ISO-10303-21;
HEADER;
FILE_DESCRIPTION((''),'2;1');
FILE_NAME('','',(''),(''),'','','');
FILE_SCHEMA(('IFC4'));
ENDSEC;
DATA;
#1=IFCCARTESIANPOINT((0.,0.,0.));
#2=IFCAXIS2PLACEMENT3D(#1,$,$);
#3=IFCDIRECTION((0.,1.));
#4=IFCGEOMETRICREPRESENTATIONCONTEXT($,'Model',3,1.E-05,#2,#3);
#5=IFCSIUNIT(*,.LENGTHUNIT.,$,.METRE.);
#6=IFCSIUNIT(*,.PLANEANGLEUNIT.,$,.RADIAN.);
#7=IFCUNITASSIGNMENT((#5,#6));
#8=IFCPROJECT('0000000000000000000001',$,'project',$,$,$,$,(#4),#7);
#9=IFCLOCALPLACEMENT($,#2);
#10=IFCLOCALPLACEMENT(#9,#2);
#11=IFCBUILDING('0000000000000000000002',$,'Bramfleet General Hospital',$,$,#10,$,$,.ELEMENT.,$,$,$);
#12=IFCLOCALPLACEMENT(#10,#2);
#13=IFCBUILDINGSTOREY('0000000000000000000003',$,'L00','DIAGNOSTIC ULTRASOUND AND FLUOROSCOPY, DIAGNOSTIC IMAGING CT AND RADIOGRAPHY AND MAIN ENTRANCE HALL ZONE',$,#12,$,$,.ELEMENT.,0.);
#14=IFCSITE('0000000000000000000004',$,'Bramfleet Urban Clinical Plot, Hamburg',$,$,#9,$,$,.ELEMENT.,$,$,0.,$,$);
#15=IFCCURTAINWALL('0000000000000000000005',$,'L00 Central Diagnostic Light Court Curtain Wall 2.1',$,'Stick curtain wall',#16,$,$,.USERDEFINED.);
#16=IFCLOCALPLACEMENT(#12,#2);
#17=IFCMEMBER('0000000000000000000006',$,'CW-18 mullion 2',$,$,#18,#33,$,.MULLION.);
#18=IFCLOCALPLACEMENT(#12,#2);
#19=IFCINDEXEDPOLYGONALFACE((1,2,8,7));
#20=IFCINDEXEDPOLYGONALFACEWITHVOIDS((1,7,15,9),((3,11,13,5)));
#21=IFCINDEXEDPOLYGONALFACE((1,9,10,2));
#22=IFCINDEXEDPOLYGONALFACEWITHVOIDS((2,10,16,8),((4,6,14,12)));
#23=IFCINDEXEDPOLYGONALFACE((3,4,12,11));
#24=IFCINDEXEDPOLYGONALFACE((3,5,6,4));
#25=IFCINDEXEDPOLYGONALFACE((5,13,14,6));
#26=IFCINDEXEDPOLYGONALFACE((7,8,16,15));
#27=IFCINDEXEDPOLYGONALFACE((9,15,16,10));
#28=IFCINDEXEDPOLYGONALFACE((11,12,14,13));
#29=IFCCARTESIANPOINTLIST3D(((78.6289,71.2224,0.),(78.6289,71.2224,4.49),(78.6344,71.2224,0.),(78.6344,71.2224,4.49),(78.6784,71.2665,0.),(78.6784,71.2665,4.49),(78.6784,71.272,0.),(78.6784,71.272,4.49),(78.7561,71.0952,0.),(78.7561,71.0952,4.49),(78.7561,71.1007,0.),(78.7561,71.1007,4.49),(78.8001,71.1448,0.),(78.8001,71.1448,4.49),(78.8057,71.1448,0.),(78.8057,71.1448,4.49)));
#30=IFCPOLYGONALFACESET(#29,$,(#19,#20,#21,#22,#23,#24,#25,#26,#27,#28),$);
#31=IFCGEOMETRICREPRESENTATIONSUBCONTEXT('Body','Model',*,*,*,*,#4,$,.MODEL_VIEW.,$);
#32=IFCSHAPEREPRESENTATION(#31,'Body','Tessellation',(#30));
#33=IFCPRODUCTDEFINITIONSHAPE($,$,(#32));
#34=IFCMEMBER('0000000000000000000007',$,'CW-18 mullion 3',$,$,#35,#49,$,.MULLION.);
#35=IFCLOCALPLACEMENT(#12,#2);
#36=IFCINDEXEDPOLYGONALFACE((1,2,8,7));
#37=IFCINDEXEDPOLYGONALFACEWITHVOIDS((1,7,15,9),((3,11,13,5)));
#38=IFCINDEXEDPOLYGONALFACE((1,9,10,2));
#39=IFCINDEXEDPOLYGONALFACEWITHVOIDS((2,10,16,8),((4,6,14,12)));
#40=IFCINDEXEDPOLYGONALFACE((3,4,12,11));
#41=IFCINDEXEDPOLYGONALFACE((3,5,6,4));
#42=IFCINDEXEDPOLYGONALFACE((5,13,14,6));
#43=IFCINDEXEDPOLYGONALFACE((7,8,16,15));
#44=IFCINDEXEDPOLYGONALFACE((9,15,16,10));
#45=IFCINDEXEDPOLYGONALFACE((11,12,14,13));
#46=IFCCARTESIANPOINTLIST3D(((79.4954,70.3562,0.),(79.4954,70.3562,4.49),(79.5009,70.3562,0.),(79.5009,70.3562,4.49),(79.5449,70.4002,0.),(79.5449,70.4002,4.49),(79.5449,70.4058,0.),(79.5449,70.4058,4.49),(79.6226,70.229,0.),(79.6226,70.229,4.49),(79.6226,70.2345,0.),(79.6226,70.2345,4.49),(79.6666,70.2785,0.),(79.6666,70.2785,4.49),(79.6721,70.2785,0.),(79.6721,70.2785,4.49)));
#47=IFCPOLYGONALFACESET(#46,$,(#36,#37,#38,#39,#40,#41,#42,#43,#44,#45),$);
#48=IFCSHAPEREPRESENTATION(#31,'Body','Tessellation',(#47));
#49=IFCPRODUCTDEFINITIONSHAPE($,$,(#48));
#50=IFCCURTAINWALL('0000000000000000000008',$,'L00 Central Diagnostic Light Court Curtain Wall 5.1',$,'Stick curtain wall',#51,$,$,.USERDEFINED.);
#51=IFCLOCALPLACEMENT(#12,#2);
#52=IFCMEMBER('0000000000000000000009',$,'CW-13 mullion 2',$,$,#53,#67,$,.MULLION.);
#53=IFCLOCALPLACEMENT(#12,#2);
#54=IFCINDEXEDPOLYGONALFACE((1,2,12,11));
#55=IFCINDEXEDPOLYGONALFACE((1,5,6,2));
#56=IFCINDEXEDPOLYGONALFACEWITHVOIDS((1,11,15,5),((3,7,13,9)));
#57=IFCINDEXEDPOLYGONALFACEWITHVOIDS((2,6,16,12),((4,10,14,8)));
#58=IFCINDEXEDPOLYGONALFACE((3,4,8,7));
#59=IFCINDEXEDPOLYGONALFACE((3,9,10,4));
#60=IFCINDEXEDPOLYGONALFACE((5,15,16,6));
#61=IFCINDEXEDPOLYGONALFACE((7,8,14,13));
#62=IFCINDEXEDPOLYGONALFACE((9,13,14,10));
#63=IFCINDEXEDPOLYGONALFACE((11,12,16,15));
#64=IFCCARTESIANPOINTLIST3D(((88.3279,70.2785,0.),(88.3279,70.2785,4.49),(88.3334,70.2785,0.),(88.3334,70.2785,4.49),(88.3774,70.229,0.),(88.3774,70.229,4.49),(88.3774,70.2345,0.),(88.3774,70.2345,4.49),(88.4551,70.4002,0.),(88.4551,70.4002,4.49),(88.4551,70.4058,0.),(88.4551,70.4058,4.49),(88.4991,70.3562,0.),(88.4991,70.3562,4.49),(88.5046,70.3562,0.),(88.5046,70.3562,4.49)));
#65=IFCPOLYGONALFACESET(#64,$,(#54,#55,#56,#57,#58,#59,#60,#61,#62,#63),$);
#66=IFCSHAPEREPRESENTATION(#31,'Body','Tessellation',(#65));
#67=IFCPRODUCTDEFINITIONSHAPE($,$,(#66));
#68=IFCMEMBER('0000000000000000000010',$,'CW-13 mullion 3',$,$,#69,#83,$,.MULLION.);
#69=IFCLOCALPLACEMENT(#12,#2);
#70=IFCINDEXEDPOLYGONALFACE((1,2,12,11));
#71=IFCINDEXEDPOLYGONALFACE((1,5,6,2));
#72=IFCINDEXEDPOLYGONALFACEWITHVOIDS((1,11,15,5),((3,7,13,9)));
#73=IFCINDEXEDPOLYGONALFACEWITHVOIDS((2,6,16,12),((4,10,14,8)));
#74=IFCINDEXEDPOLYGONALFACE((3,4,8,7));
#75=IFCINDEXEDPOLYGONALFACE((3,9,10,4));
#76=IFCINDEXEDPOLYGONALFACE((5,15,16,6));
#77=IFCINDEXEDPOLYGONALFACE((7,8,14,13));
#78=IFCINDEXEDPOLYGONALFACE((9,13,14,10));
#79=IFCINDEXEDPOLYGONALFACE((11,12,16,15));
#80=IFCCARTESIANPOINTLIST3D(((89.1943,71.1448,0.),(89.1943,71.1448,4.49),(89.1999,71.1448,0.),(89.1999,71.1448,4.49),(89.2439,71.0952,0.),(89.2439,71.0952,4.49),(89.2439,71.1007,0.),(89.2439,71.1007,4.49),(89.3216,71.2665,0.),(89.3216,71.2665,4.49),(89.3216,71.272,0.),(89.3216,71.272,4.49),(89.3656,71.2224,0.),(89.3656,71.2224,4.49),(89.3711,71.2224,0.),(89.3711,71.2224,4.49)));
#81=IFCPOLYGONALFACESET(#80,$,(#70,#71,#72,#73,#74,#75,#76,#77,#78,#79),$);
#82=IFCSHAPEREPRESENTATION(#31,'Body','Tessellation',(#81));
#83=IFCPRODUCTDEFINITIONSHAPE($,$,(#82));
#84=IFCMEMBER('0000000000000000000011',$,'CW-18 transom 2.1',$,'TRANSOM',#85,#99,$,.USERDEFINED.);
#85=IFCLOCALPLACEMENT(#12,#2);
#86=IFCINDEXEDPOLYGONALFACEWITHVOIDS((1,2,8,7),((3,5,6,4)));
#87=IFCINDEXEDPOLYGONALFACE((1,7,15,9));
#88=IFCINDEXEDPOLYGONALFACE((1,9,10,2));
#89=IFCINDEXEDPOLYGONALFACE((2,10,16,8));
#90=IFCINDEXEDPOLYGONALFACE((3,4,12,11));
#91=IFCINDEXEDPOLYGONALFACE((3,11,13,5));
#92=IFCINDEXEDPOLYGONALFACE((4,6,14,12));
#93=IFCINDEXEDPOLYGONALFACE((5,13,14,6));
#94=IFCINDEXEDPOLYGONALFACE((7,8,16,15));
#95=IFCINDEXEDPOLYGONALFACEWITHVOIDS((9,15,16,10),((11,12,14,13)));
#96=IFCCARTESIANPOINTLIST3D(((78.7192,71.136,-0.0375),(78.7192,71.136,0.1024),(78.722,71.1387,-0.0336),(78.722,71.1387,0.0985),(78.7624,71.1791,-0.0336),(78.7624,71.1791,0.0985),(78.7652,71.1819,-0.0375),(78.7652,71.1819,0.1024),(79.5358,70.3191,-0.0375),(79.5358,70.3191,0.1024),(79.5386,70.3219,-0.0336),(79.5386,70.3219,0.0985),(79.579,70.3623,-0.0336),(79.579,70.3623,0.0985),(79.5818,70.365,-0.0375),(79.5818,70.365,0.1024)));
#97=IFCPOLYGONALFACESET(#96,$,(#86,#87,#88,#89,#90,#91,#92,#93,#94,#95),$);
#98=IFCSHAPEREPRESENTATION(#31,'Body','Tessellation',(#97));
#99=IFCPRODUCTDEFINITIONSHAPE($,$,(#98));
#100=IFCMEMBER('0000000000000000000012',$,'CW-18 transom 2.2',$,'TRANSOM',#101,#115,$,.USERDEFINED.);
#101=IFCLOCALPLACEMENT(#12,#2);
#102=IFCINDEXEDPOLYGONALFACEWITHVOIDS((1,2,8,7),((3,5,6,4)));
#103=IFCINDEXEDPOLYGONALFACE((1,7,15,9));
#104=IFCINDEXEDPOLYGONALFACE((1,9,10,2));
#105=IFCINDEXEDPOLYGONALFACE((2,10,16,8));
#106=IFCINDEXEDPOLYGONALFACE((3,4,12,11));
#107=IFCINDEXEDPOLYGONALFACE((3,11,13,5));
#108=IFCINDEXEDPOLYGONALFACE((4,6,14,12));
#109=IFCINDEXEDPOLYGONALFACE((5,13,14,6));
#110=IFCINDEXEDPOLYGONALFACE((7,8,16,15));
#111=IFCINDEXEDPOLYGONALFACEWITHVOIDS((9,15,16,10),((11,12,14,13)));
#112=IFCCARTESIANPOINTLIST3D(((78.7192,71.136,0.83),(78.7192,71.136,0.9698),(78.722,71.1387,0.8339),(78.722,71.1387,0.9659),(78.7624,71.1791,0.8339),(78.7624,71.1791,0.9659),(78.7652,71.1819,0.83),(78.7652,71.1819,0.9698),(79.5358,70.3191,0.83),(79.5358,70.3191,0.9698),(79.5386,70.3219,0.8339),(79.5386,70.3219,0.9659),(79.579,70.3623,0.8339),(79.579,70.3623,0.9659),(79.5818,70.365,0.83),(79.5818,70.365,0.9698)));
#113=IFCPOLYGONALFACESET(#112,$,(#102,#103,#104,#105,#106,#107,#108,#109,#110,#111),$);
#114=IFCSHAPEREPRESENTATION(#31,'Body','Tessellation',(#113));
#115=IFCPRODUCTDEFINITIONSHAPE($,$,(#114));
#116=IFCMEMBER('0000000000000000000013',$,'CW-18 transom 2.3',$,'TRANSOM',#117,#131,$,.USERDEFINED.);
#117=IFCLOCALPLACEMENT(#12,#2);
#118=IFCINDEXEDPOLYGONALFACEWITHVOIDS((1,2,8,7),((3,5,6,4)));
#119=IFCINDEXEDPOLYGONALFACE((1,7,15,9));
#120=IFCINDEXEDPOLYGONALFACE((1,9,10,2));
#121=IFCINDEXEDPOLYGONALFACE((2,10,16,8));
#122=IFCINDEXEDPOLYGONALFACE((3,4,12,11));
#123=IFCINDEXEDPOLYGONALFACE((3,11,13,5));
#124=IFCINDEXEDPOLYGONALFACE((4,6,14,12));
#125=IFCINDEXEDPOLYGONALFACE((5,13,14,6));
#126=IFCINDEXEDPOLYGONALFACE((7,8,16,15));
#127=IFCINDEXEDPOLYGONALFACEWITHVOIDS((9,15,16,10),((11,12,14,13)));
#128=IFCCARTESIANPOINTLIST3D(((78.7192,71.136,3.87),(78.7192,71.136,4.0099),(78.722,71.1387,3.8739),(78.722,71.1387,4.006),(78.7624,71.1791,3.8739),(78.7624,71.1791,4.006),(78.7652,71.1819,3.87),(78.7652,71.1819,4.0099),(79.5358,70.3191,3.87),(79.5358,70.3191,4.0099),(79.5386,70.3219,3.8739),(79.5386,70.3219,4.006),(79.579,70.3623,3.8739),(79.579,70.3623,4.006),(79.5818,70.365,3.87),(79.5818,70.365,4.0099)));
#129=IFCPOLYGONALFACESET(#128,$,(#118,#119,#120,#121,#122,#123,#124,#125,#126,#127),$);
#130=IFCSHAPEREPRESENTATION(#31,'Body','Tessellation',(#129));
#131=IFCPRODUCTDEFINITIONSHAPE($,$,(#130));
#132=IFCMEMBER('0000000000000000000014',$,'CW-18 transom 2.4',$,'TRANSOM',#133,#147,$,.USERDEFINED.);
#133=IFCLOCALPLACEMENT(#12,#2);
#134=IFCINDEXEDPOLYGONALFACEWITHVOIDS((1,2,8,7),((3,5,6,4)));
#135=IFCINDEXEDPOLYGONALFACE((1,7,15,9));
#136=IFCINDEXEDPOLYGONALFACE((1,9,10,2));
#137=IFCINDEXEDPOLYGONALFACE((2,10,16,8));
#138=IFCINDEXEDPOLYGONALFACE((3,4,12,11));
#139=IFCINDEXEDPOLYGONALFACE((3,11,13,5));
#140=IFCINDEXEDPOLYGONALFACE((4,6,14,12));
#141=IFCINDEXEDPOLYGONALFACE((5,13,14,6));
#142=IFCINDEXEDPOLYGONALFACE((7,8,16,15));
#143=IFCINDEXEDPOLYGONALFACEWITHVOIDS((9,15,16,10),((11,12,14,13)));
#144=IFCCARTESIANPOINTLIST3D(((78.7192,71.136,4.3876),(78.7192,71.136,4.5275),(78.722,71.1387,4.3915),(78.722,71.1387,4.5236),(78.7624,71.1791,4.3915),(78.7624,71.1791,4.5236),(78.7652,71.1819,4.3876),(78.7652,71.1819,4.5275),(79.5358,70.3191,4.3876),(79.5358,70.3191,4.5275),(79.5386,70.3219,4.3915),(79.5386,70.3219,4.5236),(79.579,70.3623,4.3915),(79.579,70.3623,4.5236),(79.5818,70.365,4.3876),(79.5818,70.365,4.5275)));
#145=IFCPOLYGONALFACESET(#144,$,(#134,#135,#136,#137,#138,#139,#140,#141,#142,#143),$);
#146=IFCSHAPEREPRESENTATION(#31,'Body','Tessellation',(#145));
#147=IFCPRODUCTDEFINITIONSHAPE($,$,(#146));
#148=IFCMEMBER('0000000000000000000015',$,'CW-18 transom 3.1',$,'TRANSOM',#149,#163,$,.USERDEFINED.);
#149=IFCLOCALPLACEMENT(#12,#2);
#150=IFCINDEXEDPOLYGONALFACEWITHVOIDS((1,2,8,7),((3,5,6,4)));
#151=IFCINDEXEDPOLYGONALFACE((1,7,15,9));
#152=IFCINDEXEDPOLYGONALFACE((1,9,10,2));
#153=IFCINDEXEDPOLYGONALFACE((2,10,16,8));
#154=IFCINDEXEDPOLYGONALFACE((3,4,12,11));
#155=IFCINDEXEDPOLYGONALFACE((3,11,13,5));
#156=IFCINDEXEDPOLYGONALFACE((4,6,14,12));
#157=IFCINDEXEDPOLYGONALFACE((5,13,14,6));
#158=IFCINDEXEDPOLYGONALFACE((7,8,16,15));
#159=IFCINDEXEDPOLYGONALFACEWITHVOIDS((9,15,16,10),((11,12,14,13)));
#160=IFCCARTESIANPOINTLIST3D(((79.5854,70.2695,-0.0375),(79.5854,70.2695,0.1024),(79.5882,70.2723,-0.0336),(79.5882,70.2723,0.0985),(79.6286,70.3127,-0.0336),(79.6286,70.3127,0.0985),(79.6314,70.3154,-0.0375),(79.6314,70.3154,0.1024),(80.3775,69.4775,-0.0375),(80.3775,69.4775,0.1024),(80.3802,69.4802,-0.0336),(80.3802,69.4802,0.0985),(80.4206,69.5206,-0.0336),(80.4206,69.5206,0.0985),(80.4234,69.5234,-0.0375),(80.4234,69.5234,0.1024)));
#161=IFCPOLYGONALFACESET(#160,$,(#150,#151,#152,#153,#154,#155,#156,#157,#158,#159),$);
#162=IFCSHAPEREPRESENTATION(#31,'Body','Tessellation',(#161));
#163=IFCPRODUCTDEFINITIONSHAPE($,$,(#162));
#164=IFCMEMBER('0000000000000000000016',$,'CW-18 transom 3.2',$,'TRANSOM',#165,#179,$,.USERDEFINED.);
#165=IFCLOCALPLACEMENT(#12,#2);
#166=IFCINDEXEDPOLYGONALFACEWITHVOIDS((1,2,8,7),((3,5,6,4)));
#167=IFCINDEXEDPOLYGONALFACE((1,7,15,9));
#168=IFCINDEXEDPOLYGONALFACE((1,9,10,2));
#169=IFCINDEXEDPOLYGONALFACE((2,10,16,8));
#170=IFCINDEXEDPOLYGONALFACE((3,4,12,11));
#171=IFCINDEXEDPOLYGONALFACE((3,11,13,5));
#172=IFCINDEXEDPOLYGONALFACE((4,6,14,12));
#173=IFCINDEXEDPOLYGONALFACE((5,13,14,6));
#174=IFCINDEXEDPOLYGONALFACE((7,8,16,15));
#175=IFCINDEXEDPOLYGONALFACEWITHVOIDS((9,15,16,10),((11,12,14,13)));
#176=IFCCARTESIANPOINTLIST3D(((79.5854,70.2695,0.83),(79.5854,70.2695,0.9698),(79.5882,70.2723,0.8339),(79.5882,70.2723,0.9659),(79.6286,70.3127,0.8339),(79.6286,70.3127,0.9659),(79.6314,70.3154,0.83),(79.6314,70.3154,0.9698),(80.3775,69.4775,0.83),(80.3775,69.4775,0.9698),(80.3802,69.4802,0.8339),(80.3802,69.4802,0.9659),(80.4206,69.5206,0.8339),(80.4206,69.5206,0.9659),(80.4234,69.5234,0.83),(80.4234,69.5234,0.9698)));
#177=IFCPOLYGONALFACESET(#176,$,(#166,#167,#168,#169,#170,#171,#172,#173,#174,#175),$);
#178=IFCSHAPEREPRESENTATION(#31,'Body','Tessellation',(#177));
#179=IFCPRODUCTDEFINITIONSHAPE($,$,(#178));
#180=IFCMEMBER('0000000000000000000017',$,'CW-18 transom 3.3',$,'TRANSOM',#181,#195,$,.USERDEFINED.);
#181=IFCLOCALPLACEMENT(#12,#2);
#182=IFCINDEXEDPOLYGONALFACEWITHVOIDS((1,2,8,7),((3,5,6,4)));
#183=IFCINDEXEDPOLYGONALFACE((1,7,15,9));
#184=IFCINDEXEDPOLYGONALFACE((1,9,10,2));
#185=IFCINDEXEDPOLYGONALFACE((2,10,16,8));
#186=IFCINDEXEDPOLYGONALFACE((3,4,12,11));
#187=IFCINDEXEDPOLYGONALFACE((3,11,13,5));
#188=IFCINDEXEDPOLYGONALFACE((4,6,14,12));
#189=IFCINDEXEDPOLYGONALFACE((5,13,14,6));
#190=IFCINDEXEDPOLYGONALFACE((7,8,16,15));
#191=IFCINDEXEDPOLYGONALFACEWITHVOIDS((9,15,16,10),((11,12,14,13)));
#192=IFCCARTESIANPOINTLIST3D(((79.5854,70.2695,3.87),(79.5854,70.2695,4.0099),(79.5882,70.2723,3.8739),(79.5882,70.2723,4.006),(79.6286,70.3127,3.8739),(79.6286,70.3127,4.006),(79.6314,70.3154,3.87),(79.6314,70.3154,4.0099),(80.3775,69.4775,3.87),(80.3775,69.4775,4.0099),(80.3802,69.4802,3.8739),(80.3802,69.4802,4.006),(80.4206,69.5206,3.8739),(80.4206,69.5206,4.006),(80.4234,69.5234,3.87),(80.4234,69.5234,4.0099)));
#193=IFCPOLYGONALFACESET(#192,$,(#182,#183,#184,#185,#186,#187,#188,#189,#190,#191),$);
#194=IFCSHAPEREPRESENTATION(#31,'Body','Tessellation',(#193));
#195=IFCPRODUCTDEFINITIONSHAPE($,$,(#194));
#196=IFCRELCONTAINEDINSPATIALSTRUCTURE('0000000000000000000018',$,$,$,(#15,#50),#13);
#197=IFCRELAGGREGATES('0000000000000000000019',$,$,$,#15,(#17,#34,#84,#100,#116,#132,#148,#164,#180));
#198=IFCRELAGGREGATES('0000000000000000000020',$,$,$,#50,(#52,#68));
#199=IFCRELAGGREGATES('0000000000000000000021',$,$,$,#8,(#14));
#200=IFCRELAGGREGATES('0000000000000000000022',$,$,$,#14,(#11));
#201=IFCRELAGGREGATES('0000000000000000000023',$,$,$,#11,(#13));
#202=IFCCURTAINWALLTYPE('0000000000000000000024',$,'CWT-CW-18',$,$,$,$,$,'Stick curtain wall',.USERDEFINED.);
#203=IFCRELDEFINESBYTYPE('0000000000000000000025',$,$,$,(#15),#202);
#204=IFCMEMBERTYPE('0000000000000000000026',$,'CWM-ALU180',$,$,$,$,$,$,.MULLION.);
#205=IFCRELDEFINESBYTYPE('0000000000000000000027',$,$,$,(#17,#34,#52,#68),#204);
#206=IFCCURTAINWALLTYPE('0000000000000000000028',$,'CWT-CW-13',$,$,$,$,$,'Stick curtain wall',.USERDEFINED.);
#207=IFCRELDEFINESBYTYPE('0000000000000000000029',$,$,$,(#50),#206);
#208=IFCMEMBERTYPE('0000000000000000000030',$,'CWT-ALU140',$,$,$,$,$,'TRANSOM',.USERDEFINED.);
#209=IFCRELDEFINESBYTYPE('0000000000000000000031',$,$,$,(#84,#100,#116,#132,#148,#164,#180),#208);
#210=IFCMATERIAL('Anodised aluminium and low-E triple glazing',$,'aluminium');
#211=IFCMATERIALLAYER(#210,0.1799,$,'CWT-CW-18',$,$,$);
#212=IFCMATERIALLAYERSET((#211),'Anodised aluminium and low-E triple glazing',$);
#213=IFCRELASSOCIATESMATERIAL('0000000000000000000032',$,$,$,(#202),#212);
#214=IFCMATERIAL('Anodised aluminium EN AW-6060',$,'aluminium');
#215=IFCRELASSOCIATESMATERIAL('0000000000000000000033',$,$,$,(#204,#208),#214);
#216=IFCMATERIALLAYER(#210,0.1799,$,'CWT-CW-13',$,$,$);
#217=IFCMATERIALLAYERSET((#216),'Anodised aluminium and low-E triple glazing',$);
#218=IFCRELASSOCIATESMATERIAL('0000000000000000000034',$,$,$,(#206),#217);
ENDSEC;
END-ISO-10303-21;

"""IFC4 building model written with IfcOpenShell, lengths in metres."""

from ifc_helpers import new_model, si_unit, direction, frame, origin, origin_2d, place, context, subcontext, project, spatial, hollow_rectangle, extrude, material, layer, layer_set, material_profile, profile_set, type_object, element, aggregate, save


model = new_model("IFC4")

# Units and contexts
model_context = context("Model", 3, precision=1e-05, world=origin(), true_north=direction((0.0, 1.0)))
body_context = subcontext(model_context, "Body", "Model", "MODEL_VIEW")
ifc_project = project(units=[si_unit("LENGTHUNIT", "METRE"), si_unit("PLANEANGLEUNIT", "RADIAN")], contexts=[model_context])

# Site, building, storey
site_placement = place(None, origin())
site = spatial("IfcSite", under=ifc_project, at=site_placement, Name="Bramfleet Urban Clinical Plot, Hamburg", CompositionType="ELEMENT", RefElevation=0.0)
building_placement = place(site_placement, origin())
building = spatial("IfcBuilding", under=site, at=building_placement, Name="Bramfleet General Hospital", CompositionType="ELEMENT")
storey_placement = place(building_placement, origin())
storey = spatial("IfcBuildingStorey", under=building, at=storey_placement, Name="L00", Description="DIAGNOSTIC ULTRASOUND AND FLUOROSCOPY, DIAGNOSTIC IMAGING CT AND RADIOGRAPHY AND MAIN ENTRANCE HALL ZONE", CompositionType="ELEMENT", Elevation=0.0)

# Curtain walls, members
ifc_material_1 = material(Name="Anodised aluminium and low-E triple glazing", Category="aluminium")
ifc_layer_1 = layer(ifc_material_1, 0.1799, Name="CWT-CW-18")
ifc_layer_set_1 = layer_set([ifc_layer_1], Name="Anodised aluminium and low-E triple glazing")
curtain_wall_type_1 = type_object("IfcCurtainWallType", Name="CWT-CW-18", ElementType="Stick curtain wall", PredefinedType="USERDEFINED", material=ifc_layer_set_1)
curtain_wall_1_placement = place(storey_placement, origin())
curtain_wall_1 = element("IfcCurtainWall", 1, at=curtain_wall_1_placement, inside=storey, type_object=curtain_wall_type_1, Name="L00 Central Diagnostic Light Court Curtain Wall 2.1", ObjectType="Stick curtain wall", PredefinedType="USERDEFINED")
ifc_material_2 = material(Name="Anodised aluminium EN AW-6060", Category="aluminium")
ifc_material_profile_1 = material_profile(ifc_material_2, hollow_rectangle(XDim=0.0701, YDim=0.1799, WallThickness=0.0039, at=origin_2d()), Name="ALU 180x70x4.0")
ifc_profile_set_1 = profile_set([ifc_material_profile_1], Name="Anodised aluminium EN AW-6060")
member_type_1 = type_object("IfcMemberType", Name="CWM-ALU180", PredefinedType="MULLION", material=ifc_profile_set_1)
member_1_placement = place(storey_placement, frame((78.7173, 71.1836, 0.0), z_axis=(0.0, 0.0, 1.0), x_axis=(0.707107, 0.707107, 0.0)))
member_1 = element("IfcMember", 2, at=member_1_placement, type_object=member_type_1, Name="CW-18 mullion 2", PredefinedType="MULLION", context=body_context, shape_type="SweptSolid", body=[
    extrude(hollow_rectangle(XDim=0.0701, YDim=0.1799, WallThickness=0.0039, at=origin_2d()), origin(), (0.0, 0.0, 1.0), 4.49),
])
member_2_placement = place(storey_placement, frame((79.5837, 70.3174, 0.0), z_axis=(0.0, 0.0, 1.0), x_axis=(0.707107, 0.707107, 0.0)))
member_2 = element("IfcMember", 3, at=member_2_placement, type_object=member_type_1, Name="CW-18 mullion 3", PredefinedType="MULLION", context=body_context, shape_type="SweptSolid", body=[
    extrude(hollow_rectangle(XDim=0.0701, YDim=0.1799, WallThickness=0.0039, at=origin_2d()), origin(), (0.0, 0.0, 1.0), 4.49),
])
ifc_layer_2 = layer(ifc_material_1, 0.1799, Name="CWT-CW-13")
ifc_layer_set_2 = layer_set([ifc_layer_2], Name="Anodised aluminium and low-E triple glazing")
curtain_wall_type_2 = type_object("IfcCurtainWallType", Name="CWT-CW-13", ElementType="Stick curtain wall", PredefinedType="USERDEFINED", material=ifc_layer_set_2)
curtain_wall_2_placement = place(storey_placement, origin())
curtain_wall_2 = element("IfcCurtainWall", 4, at=curtain_wall_2_placement, inside=storey, type_object=curtain_wall_type_2, Name="L00 Central Diagnostic Light Court Curtain Wall 5.1", ObjectType="Stick curtain wall", PredefinedType="USERDEFINED")
member_3_placement = place(storey_placement, frame((88.4163, 70.3174, 0.0), z_axis=(0.0, 0.0, 1.0), x_axis=(-0.707107, 0.707107, 0.0)))
member_3 = element("IfcMember", 5, at=member_3_placement, type_object=member_type_1, Name="CW-13 mullion 2", PredefinedType="MULLION", context=body_context, shape_type="SweptSolid", body=[
    extrude(hollow_rectangle(XDim=0.0701, YDim=0.1799, WallThickness=0.0039, at=origin_2d()), origin(), (0.0, 0.0, 1.0), 4.49),
])
member_4_placement = place(storey_placement, frame((89.2827, 71.1836, 0.0), z_axis=(0.0, 0.0, 1.0), x_axis=(-0.707107, 0.707107, 0.0)))
member_4 = element("IfcMember", 6, at=member_4_placement, type_object=member_type_1, Name="CW-13 mullion 3", PredefinedType="MULLION", context=body_context, shape_type="SweptSolid", body=[
    extrude(hollow_rectangle(XDim=0.0701, YDim=0.1799, WallThickness=0.0039, at=origin_2d()), origin(), (0.0, 0.0, 1.0), 4.49),
])

# Members
ifc_material_profile_2 = material_profile(ifc_material_2, hollow_rectangle(XDim=0.0649, YDim=0.1399, WallThickness=0.0039, at=origin_2d()), Name="ALU 140x65x4.0")
ifc_profile_set_2 = profile_set([ifc_material_profile_2], Name="Anodised aluminium EN AW-6060")
member_type_2 = type_object("IfcMemberType", Name="CWT-ALU140", ElementType="TRANSOM", PredefinedType="USERDEFINED", material=ifc_profile_set_2)
member_5_placement = place(storey_placement, frame((78.7422, 71.1589, 0.0325), z_axis=(0.707001, -0.707212, 0.0), x_axis=(0.707212, 0.707001, 0.0)))
member_5 = element("IfcMember", 7, at=member_5_placement, type_object=member_type_2, Name="CW-18 transom 2.1", ObjectType="TRANSOM", PredefinedType="USERDEFINED", context=body_context, shape_type="SweptSolid", body=[
    extrude(hollow_rectangle(XDim=0.0649, YDim=0.1399, WallThickness=0.0039, at=origin_2d()), origin(), (0.0, 0.0, 1.0), 1.155),
])
member_6_placement = place(storey_placement, frame((78.7422, 71.1589, 0.8999), z_axis=(0.707001, -0.707212, 0.0), x_axis=(0.707212, 0.707001, 0.0)))
member_6 = element("IfcMember", 8, at=member_6_placement, type_object=member_type_2, Name="CW-18 transom 2.2", ObjectType="TRANSOM", PredefinedType="USERDEFINED", context=body_context, shape_type="SweptSolid", body=[
    extrude(hollow_rectangle(XDim=0.0649, YDim=0.1399, WallThickness=0.0039, at=origin_2d()), origin(), (0.0, 0.0, 1.0), 1.155),
])
member_7_placement = place(storey_placement, frame((78.7422, 71.1589, 3.9399), z_axis=(0.707001, -0.707212, 0.0), x_axis=(0.707212, 0.707001, 0.0)))
member_7 = element("IfcMember", 9, at=member_7_placement, type_object=member_type_2, Name="CW-18 transom 2.3", ObjectType="TRANSOM", PredefinedType="USERDEFINED", context=body_context, shape_type="SweptSolid", body=[
    extrude(hollow_rectangle(XDim=0.0649, YDim=0.1399, WallThickness=0.0039, at=origin_2d()), origin(), (0.0, 0.0, 1.0), 1.155),
])
member_8_placement = place(storey_placement, frame((78.7422, 71.1589, 4.4575), z_axis=(0.707001, -0.707212, 0.0), x_axis=(0.707212, 0.707001, 0.0)))
member_8 = element("IfcMember", 10, at=member_8_placement, type_object=member_type_2, Name="CW-18 transom 2.4", ObjectType="TRANSOM", PredefinedType="USERDEFINED", context=body_context, shape_type="SweptSolid", body=[
    extrude(hollow_rectangle(XDim=0.0649, YDim=0.1399, WallThickness=0.0039, at=origin_2d()), origin(), (0.0, 0.0, 1.0), 1.155),
])
member_9_placement = place(storey_placement, frame((79.6084, 70.2925, 0.0325), z_axis=(0.707107, -0.707107, 0.0), x_axis=(0.707107, 0.707107, 0.0)))
member_9 = element("IfcMember", 11, at=member_9_placement, type_object=member_type_2, Name="CW-18 transom 3.1", ObjectType="TRANSOM", PredefinedType="USERDEFINED", context=body_context, shape_type="SweptSolid", body=[
    extrude(hollow_rectangle(XDim=0.0649, YDim=0.1399, WallThickness=0.0039, at=origin_2d()), origin(), (0.0, 0.0, 1.0), 1.1201),
])
member_10_placement = place(storey_placement, frame((79.6084, 70.2925, 0.8999), z_axis=(0.707107, -0.707107, 0.0), x_axis=(0.707107, 0.707107, 0.0)))
member_10 = element("IfcMember", 12, at=member_10_placement, type_object=member_type_2, Name="CW-18 transom 3.2", ObjectType="TRANSOM", PredefinedType="USERDEFINED", context=body_context, shape_type="SweptSolid", body=[
    extrude(hollow_rectangle(XDim=0.0649, YDim=0.1399, WallThickness=0.0039, at=origin_2d()), origin(), (0.0, 0.0, 1.0), 1.1201),
])
member_11_placement = place(storey_placement, frame((79.6084, 70.2925, 3.9399), z_axis=(0.707107, -0.707107, 0.0), x_axis=(0.707107, 0.707107, 0.0)))
member_11 = element("IfcMember", 13, at=member_11_placement, type_object=member_type_2, Name="CW-18 transom 3.3", ObjectType="TRANSOM", PredefinedType="USERDEFINED", context=body_context, shape_type="SweptSolid", body=[
    extrude(hollow_rectangle(XDim=0.0649, YDim=0.1399, WallThickness=0.0039, at=origin_2d()), origin(), (0.0, 0.0, 1.0), 1.1201),
])

aggregate(curtain_wall_1, [member_1, member_2, member_5, member_6, member_7, member_8, member_9, member_10, member_11])
aggregate(curtain_wall_2, [member_3, member_4])

save(model, "model.ifc")
